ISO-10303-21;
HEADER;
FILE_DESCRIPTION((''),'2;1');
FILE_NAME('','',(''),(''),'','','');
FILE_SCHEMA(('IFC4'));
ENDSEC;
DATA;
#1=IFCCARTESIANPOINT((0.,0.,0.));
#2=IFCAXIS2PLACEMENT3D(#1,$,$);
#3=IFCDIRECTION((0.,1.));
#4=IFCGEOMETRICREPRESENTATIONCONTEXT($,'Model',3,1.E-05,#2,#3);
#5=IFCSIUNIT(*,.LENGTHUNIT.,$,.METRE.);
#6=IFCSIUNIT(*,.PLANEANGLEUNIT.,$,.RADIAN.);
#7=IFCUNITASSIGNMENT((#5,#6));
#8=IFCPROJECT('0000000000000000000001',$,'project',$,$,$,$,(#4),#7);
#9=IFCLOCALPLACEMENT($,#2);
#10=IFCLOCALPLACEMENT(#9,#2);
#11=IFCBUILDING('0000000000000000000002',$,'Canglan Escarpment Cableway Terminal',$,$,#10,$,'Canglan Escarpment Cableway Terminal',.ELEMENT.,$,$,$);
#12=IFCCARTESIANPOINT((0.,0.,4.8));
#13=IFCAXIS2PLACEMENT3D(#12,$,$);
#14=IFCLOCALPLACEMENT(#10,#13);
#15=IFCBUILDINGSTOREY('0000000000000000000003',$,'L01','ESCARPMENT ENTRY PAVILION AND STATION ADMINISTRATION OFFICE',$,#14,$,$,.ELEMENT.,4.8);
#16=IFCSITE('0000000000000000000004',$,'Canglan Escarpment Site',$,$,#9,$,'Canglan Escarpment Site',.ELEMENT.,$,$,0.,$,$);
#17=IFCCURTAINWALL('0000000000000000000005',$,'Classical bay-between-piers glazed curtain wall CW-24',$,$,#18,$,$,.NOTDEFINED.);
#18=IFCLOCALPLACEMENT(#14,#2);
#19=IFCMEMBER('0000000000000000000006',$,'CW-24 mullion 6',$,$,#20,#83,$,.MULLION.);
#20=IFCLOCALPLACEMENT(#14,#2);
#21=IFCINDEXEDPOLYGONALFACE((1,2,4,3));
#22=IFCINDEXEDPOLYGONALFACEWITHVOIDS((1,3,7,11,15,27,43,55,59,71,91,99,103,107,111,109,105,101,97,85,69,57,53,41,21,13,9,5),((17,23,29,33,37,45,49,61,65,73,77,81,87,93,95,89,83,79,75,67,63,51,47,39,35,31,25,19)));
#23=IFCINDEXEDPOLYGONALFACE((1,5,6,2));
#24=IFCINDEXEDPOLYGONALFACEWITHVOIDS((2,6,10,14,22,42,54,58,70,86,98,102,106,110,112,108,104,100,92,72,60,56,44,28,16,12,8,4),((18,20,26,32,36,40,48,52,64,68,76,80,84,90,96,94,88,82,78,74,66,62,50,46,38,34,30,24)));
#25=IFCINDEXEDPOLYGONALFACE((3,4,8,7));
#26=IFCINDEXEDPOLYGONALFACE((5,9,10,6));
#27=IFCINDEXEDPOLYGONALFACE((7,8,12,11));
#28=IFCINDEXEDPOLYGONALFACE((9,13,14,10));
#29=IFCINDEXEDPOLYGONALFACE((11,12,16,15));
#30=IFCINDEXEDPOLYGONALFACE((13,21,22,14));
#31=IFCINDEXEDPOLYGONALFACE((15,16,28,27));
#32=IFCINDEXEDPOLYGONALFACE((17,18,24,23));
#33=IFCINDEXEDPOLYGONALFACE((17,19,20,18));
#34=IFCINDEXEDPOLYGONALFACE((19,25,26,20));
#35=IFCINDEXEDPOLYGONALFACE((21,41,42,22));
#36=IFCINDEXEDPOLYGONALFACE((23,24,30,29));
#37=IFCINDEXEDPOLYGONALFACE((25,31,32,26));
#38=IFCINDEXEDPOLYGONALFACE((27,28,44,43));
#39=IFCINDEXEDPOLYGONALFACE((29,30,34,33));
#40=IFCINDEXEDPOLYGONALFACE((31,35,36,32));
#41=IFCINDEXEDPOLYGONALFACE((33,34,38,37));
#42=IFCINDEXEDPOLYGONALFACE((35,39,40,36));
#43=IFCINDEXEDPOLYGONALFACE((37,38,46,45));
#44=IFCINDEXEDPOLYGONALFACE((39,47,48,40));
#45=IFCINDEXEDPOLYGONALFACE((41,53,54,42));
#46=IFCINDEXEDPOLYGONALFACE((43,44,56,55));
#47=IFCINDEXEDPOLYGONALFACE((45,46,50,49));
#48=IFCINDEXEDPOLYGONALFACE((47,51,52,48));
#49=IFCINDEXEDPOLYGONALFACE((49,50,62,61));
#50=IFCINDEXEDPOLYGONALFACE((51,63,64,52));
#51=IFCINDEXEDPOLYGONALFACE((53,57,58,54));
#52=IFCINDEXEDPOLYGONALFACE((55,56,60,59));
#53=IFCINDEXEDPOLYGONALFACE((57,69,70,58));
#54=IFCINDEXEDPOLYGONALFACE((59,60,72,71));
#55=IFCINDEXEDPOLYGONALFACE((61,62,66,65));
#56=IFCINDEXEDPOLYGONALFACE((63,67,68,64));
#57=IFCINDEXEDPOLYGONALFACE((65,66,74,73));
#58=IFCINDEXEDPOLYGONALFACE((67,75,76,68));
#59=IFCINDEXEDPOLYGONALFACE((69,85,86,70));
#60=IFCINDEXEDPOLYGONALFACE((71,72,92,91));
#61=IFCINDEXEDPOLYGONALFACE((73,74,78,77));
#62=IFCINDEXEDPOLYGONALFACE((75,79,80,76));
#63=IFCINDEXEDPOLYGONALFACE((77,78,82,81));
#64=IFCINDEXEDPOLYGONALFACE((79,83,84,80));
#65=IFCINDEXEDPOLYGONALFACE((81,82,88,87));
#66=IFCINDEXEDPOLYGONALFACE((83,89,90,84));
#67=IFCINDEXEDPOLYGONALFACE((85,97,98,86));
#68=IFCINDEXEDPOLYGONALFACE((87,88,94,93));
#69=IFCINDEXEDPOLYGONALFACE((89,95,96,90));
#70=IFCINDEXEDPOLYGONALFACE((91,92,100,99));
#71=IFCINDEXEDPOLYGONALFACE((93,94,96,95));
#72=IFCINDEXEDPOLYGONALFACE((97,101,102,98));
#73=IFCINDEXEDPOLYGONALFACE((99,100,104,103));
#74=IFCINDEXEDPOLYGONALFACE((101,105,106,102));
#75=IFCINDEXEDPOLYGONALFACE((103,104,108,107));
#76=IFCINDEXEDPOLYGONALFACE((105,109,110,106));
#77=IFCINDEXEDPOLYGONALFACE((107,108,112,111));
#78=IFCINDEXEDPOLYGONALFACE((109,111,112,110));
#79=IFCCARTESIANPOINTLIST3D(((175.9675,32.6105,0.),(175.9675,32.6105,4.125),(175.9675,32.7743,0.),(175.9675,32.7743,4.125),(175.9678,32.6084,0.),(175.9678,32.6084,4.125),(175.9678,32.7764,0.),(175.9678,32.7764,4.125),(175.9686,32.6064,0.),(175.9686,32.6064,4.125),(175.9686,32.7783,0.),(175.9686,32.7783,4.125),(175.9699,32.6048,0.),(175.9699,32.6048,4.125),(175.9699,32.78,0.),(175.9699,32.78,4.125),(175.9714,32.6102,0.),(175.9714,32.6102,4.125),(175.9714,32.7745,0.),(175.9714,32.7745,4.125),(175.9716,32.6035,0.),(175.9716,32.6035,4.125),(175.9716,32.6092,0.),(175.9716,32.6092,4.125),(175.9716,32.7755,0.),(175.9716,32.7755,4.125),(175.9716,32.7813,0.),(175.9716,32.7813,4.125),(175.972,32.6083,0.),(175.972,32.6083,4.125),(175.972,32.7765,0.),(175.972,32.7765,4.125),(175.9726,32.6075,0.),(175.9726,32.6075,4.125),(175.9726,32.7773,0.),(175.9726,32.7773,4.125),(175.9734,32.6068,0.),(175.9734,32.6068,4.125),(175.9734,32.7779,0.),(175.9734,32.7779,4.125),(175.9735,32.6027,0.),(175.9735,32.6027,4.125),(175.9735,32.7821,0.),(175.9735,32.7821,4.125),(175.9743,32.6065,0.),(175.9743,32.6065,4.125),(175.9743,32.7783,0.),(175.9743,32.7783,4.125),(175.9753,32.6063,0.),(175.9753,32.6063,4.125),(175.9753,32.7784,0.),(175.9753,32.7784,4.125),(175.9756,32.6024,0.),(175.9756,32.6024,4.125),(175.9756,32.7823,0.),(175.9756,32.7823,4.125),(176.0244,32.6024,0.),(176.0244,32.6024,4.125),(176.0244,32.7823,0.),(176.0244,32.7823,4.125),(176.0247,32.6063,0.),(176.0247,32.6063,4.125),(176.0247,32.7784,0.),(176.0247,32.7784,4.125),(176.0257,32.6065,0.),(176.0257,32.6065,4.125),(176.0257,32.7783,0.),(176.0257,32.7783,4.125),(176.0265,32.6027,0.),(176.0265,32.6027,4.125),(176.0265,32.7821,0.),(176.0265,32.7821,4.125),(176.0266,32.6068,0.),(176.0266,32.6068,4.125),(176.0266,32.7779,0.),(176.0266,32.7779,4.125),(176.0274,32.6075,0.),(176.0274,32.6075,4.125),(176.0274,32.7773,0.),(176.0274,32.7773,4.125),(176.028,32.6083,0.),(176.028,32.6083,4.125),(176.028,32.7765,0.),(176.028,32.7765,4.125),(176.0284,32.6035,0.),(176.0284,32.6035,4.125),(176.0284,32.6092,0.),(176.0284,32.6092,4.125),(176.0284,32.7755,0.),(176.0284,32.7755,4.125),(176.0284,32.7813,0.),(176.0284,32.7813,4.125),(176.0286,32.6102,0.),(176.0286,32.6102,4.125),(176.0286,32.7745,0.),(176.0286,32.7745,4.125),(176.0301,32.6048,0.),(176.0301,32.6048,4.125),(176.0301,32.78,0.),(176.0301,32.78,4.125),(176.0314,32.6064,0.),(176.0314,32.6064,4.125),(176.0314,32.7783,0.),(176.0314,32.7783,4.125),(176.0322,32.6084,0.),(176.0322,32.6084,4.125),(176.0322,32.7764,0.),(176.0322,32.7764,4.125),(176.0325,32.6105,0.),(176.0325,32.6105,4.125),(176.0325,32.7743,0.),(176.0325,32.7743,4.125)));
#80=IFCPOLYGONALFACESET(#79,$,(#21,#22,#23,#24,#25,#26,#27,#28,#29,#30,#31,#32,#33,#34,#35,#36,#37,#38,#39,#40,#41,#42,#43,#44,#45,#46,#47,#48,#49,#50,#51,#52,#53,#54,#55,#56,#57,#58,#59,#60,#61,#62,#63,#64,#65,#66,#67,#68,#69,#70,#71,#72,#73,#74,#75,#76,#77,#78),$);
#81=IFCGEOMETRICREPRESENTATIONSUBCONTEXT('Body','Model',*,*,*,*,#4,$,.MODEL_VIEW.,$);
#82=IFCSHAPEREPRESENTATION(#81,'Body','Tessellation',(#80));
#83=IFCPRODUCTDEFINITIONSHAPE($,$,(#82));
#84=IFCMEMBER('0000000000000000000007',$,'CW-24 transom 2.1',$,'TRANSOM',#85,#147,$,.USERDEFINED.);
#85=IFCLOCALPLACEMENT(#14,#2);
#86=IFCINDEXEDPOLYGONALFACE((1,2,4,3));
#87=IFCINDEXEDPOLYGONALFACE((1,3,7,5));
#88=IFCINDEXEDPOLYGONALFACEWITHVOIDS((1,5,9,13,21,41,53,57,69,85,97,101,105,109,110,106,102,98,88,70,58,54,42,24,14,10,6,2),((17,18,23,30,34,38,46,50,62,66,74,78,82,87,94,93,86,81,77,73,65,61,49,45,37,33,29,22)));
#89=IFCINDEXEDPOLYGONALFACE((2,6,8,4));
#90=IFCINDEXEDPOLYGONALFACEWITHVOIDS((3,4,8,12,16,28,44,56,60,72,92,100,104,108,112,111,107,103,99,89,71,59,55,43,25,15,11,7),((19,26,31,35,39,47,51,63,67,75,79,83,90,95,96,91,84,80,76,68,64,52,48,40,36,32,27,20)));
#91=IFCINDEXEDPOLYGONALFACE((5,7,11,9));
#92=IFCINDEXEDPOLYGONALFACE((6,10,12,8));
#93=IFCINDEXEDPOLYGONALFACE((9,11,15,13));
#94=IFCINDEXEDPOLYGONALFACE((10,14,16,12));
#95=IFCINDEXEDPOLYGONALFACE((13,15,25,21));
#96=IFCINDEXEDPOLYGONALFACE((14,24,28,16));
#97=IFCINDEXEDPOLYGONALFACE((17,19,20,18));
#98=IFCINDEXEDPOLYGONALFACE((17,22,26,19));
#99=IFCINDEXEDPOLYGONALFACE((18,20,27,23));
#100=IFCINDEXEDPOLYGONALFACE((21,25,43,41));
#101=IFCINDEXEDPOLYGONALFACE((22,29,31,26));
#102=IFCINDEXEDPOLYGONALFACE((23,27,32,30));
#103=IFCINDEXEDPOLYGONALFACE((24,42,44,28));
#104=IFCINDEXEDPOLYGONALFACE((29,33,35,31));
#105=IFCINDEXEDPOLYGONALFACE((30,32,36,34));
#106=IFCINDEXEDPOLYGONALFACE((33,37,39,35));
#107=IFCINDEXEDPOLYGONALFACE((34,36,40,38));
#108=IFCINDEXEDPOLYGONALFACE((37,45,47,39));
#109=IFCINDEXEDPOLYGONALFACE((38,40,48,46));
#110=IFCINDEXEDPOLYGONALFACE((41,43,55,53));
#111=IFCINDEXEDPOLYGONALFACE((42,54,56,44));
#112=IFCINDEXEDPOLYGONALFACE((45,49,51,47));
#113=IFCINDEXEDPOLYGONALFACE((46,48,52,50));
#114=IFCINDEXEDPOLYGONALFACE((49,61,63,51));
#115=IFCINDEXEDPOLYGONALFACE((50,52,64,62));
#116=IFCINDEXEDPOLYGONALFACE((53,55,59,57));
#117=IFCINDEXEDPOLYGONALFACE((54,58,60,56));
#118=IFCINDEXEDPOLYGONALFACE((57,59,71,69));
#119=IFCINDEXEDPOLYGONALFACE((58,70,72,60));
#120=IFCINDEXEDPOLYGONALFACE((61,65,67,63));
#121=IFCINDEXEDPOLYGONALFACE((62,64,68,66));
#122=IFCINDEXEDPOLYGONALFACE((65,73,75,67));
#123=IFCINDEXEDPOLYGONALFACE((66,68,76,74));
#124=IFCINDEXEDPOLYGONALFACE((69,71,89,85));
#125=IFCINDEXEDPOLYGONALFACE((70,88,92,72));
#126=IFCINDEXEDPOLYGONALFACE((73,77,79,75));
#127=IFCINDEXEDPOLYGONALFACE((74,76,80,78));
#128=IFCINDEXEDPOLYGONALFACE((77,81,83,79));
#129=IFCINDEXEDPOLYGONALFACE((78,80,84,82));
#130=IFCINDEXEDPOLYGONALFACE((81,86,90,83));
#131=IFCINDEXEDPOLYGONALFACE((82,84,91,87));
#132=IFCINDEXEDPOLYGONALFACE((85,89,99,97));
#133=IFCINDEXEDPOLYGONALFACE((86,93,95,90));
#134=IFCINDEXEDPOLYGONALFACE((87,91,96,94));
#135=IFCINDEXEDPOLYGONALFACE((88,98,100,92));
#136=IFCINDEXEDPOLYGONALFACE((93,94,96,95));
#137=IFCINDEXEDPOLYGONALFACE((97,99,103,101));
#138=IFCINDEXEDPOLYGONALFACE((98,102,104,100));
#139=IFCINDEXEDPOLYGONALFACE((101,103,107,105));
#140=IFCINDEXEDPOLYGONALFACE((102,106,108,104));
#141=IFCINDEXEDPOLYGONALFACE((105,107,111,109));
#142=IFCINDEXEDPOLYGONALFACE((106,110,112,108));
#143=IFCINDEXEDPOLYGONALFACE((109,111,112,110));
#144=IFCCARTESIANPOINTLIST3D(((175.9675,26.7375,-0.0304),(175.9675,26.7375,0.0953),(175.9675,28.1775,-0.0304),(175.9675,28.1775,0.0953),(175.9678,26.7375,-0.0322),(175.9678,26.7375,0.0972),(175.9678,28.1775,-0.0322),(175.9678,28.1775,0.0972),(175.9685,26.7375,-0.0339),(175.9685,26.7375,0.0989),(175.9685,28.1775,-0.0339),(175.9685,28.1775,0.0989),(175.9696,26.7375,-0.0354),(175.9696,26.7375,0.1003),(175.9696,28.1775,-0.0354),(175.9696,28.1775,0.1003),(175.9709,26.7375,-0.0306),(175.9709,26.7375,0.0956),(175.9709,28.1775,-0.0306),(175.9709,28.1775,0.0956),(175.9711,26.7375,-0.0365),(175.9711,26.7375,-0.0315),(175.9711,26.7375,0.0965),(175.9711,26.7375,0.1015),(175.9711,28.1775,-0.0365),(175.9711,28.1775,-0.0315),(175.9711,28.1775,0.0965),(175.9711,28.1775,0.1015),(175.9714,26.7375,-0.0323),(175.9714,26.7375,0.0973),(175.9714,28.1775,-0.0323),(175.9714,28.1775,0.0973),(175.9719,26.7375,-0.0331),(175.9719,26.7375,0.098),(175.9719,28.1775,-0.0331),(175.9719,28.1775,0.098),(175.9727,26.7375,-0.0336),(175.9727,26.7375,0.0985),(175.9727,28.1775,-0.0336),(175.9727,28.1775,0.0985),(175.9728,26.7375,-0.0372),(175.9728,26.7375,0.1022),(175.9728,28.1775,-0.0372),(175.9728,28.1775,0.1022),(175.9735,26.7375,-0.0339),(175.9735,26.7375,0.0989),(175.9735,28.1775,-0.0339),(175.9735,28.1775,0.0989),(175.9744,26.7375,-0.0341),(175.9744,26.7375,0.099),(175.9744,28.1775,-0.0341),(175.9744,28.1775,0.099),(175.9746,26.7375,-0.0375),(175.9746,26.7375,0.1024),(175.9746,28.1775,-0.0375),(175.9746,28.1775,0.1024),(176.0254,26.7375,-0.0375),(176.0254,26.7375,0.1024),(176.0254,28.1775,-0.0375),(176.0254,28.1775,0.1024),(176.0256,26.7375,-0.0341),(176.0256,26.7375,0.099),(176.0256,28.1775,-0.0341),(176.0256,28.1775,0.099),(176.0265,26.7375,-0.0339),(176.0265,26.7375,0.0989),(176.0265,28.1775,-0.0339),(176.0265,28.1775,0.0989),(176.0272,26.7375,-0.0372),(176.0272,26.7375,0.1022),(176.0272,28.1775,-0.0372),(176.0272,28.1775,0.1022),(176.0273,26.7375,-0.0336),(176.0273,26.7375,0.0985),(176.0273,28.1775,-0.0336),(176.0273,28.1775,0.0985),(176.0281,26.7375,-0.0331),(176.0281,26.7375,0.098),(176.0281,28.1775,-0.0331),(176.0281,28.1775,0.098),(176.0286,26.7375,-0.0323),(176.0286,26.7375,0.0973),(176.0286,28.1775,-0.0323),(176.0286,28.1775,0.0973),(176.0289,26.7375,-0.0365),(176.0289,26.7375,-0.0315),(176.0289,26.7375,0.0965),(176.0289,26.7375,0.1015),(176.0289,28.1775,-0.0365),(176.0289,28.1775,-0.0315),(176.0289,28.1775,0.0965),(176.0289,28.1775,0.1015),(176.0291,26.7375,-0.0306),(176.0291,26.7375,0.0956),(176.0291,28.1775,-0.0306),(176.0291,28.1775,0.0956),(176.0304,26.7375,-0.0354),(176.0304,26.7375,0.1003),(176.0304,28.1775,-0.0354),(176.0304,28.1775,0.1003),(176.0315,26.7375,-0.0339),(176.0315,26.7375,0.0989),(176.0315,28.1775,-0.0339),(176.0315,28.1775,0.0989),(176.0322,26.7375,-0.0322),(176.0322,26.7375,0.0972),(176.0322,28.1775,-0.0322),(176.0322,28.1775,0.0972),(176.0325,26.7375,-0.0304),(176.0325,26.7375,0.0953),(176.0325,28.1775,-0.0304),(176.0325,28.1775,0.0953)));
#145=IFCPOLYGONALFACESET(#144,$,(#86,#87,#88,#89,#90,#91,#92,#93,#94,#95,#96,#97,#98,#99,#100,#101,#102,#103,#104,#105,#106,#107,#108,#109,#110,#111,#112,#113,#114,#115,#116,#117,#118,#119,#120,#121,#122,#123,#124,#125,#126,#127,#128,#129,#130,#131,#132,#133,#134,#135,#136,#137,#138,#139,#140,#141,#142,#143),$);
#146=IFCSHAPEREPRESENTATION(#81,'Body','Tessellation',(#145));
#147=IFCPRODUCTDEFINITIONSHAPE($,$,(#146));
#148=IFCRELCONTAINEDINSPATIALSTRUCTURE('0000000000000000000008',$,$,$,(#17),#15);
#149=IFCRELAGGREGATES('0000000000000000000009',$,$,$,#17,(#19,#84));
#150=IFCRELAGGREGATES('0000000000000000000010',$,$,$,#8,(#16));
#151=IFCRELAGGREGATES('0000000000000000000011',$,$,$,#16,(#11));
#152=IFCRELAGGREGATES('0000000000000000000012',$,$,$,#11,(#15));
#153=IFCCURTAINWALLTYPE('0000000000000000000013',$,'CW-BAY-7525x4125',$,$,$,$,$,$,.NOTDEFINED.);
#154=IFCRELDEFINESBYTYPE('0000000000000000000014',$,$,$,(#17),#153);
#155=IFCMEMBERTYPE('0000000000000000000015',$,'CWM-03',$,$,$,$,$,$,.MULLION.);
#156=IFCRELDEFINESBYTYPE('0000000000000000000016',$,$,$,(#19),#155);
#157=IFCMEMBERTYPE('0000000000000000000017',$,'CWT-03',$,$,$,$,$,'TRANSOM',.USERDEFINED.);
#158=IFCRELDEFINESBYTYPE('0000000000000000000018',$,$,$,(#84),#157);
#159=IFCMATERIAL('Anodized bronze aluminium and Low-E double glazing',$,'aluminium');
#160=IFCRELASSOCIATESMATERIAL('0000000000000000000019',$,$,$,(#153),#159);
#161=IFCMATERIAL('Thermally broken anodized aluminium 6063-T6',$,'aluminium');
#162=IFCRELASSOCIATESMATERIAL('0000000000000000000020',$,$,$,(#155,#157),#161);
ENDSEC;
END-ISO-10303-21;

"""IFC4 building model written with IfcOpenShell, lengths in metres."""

from ifc_helpers import new_model, si_unit, direction, frame, origin, origin_2d, place, context, subcontext, project, spatial, hollow_rectangle, extrude, material, material_profile, profile_set, type_object, element, aggregate, save


model = new_model("IFC4")

# Units and contexts
model_context = context("Model", 3, precision=1e-05, world=origin(), true_north=direction((0.0, 1.0)))
body_context = subcontext(model_context, "Body", "Model", "MODEL_VIEW")
ifc_project = project(units=[si_unit("LENGTHUNIT", "METRE"), si_unit("PLANEANGLEUNIT", "RADIAN")], contexts=[model_context])

# Site, building, storey
site_placement = place(None, origin())
site = spatial("IfcSite", under=ifc_project, at=site_placement, Name="Canglan Escarpment Site", LongName="Canglan Escarpment Site", CompositionType="ELEMENT", RefElevation=0.0)
building_placement = place(site_placement, origin())
building = spatial("IfcBuilding", under=site, at=building_placement, Name="Canglan Escarpment Cableway Terminal", LongName="Canglan Escarpment Cableway Terminal", CompositionType="ELEMENT")
storey_placement = place(building_placement, frame((0.0, 0.0, 4.8)))
storey = spatial("IfcBuildingStorey", under=building, at=storey_placement, Name="L01", Description="ESCARPMENT ENTRY PAVILION AND STATION ADMINISTRATION OFFICE", CompositionType="ELEMENT", Elevation=4.8)

# Curtain wall, members
ifc_material_1 = material(Name="Anodized bronze aluminium and Low-E double glazing", Category="aluminium")
curtain_wall_type = type_object("IfcCurtainWallType", Name="CW-BAY-7525x4125", PredefinedType="NOTDEFINED", material=ifc_material_1)
curtain_wall_placement = place(storey_placement, origin())
curtain_wall = element("IfcCurtainWall", 1, at=curtain_wall_placement, inside=storey, type_object=curtain_wall_type, Name="Classical bay-between-piers glazed curtain wall CW-24", PredefinedType="NOTDEFINED")
ifc_material_2 = material(Name="Thermally broken anodized aluminium 6063-T6", Category="aluminium")
ifc_material_profile_1 = material_profile(ifc_material_2, hollow_rectangle(XDim=0.0649, YDim=0.1799, WallThickness=0.0039, InnerFilletRadius=0.0039, OuterFilletRadius=0.0081, at=origin_2d()), Name="ALU-MULL 65x180x4")
ifc_profile_set_1 = profile_set([ifc_material_profile_1], Name="Thermally broken anodized aluminium 6063-T6")
member_type_1 = type_object("IfcMemberType", Name="CWM-03", PredefinedType="MULLION", material=ifc_profile_set_1)
member_1_placement = place(storey_placement, frame((176.0, 32.6924, 0.0), z_axis=(0.0, 0.0, 1.0), x_axis=(-1.0, 0.0, 0.0)))
member_1 = element("IfcMember", 2, at=member_1_placement, type_object=member_type_1, Name="CW-24 mullion 6", PredefinedType="MULLION", context=body_context, shape_type="SweptSolid", body=[
    extrude(hollow_rectangle(XDim=0.0649, YDim=0.1799, WallThickness=0.0039, InnerFilletRadius=0.0039, OuterFilletRadius=0.0081, at=origin_2d()), origin(), (0.0, 0.0, 1.0), 4.125),
])
ifc_material_profile_2 = material_profile(ifc_material_2, hollow_rectangle(XDim=0.0649, YDim=0.1399, WallThickness=0.0034, InnerFilletRadius=0.0034, OuterFilletRadius=0.0071, at=origin_2d()), Name="ALU-TRAN 65x140x3.5")
ifc_profile_set_2 = profile_set([ifc_material_profile_2], Name="Thermally broken anodized aluminium 6063-T6")
member_type_2 = type_object("IfcMemberType", Name="CWT-03", ElementType="TRANSOM", PredefinedType="USERDEFINED", material=ifc_profile_set_2)
member_2_placement = place(storey_placement, frame((176.0, 26.7375, 0.0325), z_axis=(0.0, 1.0, 0.0), x_axis=(-1.0, 0.0, 0.0)))
member_2 = element("IfcMember", 3, at=member_2_placement, type_object=member_type_2, Name="CW-24 transom 2.1", ObjectType="TRANSOM", PredefinedType="USERDEFINED", context=body_context, shape_type="SweptSolid", body=[
    extrude(hollow_rectangle(XDim=0.0649, YDim=0.1399, WallThickness=0.0034, InnerFilletRadius=0.0034, OuterFilletRadius=0.0071, at=origin_2d()), origin(), (0.0, 0.0, 1.0), 1.4399),
])
aggregate(curtain_wall, [member_1, member_2])

save(model, "model.ifc")
